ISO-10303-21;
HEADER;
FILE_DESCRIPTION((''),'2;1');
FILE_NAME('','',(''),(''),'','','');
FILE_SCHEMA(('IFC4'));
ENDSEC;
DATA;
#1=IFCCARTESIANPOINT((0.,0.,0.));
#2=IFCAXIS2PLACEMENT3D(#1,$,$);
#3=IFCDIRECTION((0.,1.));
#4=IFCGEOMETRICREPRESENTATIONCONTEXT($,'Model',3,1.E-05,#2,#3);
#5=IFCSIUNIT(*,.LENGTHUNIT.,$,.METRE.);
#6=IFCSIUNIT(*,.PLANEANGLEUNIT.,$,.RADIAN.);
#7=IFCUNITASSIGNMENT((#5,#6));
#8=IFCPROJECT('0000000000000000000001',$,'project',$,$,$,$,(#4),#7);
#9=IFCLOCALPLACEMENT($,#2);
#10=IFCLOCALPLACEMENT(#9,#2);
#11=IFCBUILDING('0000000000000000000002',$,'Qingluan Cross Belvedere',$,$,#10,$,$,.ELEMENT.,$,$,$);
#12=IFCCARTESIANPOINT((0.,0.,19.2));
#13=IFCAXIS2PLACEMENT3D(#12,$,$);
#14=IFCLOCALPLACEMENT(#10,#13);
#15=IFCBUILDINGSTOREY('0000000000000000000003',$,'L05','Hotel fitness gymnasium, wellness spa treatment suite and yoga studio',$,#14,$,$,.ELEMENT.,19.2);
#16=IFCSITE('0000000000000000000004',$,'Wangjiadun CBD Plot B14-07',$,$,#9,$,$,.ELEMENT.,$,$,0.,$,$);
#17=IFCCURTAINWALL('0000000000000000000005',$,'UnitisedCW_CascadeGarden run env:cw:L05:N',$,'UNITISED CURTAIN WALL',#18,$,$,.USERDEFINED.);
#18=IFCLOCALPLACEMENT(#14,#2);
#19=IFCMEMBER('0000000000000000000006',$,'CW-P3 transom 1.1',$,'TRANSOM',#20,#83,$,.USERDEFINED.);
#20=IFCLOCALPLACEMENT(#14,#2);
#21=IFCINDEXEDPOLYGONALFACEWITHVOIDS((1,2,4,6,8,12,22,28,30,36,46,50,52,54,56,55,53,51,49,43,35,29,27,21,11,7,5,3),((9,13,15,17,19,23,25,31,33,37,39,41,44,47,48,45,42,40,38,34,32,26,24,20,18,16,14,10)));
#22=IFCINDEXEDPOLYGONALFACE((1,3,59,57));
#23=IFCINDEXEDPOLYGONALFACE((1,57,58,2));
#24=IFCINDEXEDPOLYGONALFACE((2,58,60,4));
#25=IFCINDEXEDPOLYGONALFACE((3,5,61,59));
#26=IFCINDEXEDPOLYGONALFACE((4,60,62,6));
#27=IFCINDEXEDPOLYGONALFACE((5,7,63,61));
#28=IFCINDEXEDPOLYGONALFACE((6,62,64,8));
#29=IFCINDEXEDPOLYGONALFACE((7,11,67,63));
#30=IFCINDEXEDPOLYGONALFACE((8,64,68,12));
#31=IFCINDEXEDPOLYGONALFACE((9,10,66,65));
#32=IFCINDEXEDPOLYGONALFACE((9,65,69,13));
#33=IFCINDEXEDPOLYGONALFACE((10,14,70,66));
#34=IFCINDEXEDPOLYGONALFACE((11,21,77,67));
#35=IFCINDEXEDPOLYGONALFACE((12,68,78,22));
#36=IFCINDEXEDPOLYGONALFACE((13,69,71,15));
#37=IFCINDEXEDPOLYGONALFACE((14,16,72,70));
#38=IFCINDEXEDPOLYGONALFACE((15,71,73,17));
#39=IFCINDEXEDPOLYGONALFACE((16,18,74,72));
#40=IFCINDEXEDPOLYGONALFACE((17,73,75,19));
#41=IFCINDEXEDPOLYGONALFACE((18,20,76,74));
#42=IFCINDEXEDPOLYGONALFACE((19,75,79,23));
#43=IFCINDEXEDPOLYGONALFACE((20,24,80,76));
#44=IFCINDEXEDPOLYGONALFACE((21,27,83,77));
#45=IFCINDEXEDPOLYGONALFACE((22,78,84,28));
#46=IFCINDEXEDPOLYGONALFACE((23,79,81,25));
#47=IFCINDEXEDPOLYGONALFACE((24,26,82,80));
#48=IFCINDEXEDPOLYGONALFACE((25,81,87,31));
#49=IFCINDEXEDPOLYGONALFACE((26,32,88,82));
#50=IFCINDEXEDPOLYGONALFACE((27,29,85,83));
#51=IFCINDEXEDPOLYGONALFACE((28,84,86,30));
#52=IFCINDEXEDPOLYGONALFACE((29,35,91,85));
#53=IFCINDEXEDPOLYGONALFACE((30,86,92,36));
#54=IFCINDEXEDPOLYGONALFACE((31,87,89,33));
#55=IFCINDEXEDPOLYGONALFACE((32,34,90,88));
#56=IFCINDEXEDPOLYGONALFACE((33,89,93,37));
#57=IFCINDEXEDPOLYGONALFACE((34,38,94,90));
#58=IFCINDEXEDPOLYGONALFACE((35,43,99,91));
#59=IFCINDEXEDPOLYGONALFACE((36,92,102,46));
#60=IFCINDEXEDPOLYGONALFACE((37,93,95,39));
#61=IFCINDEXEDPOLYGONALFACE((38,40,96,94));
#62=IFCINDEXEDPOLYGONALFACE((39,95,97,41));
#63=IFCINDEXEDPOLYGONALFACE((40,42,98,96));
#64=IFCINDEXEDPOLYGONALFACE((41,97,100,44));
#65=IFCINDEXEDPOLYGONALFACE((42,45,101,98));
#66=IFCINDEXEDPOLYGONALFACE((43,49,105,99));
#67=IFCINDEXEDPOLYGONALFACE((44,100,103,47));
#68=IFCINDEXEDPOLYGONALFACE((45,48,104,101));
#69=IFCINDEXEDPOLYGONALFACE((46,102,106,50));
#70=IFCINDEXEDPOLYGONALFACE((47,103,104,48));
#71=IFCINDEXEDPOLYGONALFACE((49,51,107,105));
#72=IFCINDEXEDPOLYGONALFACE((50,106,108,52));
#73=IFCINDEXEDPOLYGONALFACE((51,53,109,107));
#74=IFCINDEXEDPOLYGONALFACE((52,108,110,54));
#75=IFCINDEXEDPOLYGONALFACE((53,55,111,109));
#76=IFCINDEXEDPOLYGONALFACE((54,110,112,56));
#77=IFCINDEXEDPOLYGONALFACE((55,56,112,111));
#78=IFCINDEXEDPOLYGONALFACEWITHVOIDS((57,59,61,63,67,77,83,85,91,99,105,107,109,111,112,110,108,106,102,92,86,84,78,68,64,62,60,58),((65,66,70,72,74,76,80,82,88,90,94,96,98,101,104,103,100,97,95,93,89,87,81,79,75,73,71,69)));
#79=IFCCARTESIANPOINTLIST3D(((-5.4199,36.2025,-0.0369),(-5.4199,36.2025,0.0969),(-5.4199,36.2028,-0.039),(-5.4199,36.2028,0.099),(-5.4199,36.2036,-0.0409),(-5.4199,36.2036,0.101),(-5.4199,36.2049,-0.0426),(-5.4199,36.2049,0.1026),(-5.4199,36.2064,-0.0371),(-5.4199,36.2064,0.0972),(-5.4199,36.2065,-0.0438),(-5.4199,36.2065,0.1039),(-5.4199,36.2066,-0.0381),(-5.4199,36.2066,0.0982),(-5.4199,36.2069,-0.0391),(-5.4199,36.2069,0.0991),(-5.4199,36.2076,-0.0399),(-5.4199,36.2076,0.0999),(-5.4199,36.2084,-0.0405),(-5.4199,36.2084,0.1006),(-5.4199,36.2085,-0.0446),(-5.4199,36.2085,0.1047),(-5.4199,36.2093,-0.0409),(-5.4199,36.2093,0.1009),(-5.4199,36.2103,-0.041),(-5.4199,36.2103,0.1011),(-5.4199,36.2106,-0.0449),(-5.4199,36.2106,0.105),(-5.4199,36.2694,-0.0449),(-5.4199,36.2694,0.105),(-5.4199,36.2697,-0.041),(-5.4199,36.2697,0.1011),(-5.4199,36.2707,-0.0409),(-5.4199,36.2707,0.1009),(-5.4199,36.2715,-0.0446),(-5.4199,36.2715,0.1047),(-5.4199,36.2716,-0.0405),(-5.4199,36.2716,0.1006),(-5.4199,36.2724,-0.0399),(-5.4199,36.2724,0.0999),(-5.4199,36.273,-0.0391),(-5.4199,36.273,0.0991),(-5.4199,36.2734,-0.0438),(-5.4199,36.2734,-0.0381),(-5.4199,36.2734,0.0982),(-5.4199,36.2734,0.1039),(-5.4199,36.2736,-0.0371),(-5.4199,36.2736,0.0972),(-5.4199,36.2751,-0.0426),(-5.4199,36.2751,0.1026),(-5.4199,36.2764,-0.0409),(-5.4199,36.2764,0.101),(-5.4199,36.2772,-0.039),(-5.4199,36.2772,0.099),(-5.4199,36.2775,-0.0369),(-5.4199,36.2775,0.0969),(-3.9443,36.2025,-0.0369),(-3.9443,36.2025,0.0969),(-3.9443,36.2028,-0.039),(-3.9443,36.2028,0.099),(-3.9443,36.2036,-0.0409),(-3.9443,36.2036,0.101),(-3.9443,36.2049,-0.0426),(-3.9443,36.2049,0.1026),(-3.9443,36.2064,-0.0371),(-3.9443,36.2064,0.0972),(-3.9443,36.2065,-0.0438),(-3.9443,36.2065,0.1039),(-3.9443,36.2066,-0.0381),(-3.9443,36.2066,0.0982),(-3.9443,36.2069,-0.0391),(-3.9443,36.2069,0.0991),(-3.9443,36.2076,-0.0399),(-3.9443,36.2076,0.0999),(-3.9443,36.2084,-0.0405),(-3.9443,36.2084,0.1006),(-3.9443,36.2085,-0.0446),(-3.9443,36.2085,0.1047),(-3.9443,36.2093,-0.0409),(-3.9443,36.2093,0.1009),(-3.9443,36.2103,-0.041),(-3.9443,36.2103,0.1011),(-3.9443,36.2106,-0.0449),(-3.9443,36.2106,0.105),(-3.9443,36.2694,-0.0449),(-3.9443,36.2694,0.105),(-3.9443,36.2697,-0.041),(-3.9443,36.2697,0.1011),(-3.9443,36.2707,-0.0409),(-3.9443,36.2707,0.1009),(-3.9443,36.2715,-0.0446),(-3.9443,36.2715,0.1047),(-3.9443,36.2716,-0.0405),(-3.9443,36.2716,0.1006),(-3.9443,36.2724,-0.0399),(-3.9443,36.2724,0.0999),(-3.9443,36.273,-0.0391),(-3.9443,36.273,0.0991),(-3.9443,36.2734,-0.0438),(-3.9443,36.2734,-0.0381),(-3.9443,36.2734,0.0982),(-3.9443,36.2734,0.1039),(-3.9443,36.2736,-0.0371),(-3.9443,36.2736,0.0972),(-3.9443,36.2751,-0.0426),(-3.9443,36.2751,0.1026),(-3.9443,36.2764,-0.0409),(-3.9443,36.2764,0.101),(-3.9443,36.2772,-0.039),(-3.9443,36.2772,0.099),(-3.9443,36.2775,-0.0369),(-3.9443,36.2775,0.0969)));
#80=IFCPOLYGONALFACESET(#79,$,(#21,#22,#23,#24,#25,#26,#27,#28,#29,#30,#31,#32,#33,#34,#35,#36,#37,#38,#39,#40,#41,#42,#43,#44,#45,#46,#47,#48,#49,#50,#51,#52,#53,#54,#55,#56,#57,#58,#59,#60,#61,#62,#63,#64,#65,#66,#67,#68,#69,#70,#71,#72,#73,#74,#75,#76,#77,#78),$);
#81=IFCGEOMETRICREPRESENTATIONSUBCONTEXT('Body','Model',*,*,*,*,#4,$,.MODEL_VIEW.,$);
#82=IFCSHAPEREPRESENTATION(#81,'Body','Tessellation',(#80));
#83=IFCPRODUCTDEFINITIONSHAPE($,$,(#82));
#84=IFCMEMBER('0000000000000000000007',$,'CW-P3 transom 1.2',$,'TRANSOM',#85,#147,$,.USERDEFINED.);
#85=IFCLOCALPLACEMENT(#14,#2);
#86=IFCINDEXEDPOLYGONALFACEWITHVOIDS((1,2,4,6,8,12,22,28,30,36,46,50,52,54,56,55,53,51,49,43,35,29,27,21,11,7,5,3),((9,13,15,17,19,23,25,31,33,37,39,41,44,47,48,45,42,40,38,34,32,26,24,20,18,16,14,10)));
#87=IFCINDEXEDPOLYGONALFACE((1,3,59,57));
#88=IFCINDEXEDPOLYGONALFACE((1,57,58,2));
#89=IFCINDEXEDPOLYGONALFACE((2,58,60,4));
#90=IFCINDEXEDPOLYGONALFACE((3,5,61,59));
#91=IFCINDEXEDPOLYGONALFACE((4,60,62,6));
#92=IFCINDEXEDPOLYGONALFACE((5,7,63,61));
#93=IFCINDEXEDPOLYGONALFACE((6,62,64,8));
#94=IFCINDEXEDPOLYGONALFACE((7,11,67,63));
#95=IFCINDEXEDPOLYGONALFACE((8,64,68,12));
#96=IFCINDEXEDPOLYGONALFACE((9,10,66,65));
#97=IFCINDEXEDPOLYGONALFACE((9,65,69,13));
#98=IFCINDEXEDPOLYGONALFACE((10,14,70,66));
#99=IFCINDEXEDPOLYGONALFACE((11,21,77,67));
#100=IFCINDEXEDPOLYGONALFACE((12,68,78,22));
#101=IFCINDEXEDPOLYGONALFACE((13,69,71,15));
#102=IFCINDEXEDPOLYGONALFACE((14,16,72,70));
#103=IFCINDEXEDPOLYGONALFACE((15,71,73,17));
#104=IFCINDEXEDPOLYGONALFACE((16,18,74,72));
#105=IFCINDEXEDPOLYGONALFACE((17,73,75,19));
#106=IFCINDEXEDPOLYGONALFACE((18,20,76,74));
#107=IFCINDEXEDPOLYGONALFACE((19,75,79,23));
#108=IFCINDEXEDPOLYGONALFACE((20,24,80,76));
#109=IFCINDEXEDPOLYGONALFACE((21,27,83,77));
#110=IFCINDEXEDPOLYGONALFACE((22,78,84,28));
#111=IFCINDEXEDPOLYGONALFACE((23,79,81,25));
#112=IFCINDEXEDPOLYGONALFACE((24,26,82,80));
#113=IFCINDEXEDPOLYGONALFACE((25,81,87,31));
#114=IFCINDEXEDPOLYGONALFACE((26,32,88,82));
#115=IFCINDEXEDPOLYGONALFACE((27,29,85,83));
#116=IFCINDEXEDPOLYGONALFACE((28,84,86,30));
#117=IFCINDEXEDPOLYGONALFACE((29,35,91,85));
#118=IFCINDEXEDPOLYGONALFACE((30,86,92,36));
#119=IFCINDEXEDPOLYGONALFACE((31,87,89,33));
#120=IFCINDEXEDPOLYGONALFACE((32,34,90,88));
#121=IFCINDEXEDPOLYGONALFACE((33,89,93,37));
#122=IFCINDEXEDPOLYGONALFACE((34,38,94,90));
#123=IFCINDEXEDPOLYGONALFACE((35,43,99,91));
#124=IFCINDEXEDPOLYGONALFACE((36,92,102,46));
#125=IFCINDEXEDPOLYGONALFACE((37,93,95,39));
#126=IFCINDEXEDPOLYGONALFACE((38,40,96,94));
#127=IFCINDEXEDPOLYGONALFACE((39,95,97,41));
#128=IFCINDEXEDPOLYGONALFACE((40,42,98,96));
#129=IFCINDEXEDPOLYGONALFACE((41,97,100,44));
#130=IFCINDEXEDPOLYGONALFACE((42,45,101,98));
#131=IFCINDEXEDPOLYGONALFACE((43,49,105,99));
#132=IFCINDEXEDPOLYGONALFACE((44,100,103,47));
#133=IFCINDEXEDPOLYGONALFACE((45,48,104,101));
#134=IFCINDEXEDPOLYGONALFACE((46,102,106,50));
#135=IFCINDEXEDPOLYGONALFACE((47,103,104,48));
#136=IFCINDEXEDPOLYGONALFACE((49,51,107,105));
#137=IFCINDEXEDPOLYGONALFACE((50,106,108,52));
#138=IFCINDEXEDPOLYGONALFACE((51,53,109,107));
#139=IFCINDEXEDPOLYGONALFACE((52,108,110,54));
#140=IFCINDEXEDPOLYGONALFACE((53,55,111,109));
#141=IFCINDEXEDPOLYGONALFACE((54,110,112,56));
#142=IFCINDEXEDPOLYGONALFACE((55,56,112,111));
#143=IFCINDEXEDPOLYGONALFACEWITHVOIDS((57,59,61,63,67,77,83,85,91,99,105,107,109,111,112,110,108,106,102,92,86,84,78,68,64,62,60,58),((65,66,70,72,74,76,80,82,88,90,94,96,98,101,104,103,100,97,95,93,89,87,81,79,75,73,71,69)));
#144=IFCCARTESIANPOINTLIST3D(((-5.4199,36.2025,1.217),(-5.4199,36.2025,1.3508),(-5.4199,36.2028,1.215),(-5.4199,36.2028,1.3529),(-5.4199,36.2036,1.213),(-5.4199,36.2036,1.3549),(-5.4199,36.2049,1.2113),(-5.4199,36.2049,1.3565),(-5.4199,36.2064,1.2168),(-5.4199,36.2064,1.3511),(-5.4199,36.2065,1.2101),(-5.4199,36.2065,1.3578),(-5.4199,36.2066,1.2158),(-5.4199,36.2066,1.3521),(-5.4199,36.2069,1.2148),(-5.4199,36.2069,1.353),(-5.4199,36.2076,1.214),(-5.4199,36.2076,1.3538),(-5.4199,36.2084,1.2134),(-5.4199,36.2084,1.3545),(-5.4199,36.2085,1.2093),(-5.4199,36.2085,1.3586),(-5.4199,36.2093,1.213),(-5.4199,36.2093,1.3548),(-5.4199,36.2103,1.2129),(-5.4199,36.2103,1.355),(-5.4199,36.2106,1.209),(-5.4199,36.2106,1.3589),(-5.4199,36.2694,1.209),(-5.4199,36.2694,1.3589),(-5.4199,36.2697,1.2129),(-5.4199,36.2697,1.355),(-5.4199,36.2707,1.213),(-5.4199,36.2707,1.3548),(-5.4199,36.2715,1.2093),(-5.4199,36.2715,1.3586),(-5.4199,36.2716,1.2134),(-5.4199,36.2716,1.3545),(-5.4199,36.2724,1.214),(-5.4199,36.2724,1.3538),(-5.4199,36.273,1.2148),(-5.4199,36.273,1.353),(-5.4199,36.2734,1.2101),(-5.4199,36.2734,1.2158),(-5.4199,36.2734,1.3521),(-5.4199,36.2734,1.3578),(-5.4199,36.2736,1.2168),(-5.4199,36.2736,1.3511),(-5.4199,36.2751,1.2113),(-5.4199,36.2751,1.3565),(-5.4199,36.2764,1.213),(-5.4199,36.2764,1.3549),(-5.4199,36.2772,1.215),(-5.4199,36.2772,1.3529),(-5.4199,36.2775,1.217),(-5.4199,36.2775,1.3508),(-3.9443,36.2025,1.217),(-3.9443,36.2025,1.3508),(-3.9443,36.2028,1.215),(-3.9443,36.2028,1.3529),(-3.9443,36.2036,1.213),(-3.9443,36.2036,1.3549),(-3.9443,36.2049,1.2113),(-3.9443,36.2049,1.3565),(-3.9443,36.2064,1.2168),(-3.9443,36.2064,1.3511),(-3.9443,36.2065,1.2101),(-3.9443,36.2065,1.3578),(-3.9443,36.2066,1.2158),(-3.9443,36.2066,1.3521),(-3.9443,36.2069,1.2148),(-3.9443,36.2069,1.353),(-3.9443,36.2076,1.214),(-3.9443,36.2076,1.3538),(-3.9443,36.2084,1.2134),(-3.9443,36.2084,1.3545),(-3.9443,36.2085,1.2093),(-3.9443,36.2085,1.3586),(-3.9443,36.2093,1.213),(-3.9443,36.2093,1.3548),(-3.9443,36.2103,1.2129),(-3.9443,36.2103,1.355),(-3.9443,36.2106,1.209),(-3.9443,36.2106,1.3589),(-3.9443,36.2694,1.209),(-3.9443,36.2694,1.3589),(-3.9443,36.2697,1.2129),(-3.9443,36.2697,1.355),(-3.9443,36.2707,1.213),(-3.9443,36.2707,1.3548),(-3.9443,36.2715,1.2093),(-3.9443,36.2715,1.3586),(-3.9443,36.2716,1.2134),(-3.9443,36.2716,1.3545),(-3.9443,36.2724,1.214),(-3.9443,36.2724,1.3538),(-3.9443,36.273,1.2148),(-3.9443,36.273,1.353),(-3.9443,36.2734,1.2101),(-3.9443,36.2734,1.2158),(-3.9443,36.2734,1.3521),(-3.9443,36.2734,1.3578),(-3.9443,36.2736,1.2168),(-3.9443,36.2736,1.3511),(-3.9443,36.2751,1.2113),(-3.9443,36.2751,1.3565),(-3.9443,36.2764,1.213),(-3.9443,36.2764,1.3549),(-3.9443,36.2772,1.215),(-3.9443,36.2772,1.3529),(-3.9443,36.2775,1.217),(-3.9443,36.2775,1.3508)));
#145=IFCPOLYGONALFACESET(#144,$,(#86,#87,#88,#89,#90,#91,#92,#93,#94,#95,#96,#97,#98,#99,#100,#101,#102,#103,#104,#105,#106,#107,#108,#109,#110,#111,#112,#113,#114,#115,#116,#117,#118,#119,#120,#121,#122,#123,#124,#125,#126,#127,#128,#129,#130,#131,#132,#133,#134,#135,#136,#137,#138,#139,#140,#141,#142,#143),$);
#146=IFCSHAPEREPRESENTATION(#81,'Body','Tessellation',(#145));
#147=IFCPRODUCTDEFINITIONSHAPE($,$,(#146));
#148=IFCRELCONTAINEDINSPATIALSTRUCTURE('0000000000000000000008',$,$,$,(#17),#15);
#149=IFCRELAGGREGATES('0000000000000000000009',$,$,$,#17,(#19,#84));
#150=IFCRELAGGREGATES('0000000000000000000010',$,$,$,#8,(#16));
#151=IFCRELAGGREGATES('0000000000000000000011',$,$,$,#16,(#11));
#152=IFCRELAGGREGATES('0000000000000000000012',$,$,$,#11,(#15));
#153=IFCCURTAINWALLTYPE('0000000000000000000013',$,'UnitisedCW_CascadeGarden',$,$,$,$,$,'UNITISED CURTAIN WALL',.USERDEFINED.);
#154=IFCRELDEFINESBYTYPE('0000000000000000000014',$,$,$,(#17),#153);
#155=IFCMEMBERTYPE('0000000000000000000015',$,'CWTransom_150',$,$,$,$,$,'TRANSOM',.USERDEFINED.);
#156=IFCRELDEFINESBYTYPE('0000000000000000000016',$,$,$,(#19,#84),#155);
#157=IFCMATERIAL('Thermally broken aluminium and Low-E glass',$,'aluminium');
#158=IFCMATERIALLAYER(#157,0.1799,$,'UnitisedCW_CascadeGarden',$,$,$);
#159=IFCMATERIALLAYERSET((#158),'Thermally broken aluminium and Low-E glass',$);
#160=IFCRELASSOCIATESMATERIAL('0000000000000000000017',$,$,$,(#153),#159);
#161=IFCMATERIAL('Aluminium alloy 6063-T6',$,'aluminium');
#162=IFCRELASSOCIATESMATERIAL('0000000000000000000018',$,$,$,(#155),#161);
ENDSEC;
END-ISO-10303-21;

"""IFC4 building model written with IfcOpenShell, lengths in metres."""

from ifc_helpers import new_model, si_unit, direction, frame, origin, origin_2d, place, context, subcontext, project, spatial, hollow_rectangle, extrude, material, layer, layer_set, material_profile, profile_set, type_object, element, aggregate, save


model = new_model("IFC4")

# Units and contexts
model_context = context("Model", 3, precision=1e-05, world=origin(), true_north=direction((0.0, 1.0)))
body_context = subcontext(model_context, "Body", "Model", "MODEL_VIEW")
ifc_project = project(units=[si_unit("LENGTHUNIT", "METRE"), si_unit("PLANEANGLEUNIT", "RADIAN")], contexts=[model_context])

# Site, building, storey
site_placement = place(None, origin())
site = spatial("IfcSite", under=ifc_project, at=site_placement, Name="Wangjiadun CBD Plot B14-07", CompositionType="ELEMENT", RefElevation=0.0)
building_placement = place(site_placement, origin())
building = spatial("IfcBuilding", under=site, at=building_placement, Name="Qingluan Cross Belvedere", CompositionType="ELEMENT")
storey_placement = place(building_placement, frame((0.0, 0.0, 19.2)))
storey = spatial("IfcBuildingStorey", under=building, at=storey_placement, Name="L05", Description="Hotel fitness gymnasium, wellness spa treatment suite and yoga studio", CompositionType="ELEMENT", Elevation=19.2)

# Curtain wall, members
ifc_material_1 = material(Name="Thermally broken aluminium and Low-E glass", Category="aluminium")
ifc_layer_1 = layer(ifc_material_1, 0.1799, Name="UnitisedCW_CascadeGarden")
ifc_layer_set_1 = layer_set([ifc_layer_1], Name="Thermally broken aluminium and Low-E glass")
curtain_wall_type = type_object("IfcCurtainWallType", Name="UnitisedCW_CascadeGarden", ElementType="UNITISED CURTAIN WALL", PredefinedType="USERDEFINED", material=ifc_layer_set_1)
curtain_wall_placement = place(storey_placement, origin())
curtain_wall = element("IfcCurtainWall", 1, at=curtain_wall_placement, inside=storey, type_object=curtain_wall_type, Name="UnitisedCW_CascadeGarden run env:cw:L05:N", ObjectType="UNITISED CURTAIN WALL", PredefinedType="USERDEFINED")
ifc_material_2 = material(Name="Aluminium alloy 6063-T6", Category="aluminium")
ifc_material_profile_1 = material_profile(ifc_material_2, hollow_rectangle(XDim=0.075, YDim=0.1499, WallThickness=0.0039, InnerFilletRadius=0.0039, OuterFilletRadius=0.0081, at=origin_2d()), Name="CWT150x75x4")
ifc_profile_set_1 = profile_set([ifc_material_profile_1], Name="Aluminium alloy 6063-T6")
member_type_1 = type_object("IfcMemberType", Name="CWTransom_150", ElementType="TRANSOM", PredefinedType="USERDEFINED", material=ifc_profile_set_1)
member_1_placement = place(storey_placement, frame((-5.4199, 36.24, 0.03), z_axis=(1.0, 0.0, 0.0), x_axis=(0.0, 1.0, 0.0)))
member_1 = element("IfcMember", 2, at=member_1_placement, type_object=member_type_1, Name="CW-P3 transom 1.1", ObjectType="TRANSOM", PredefinedType="USERDEFINED", context=body_context, shape_type="SweptSolid", body=[
    extrude(hollow_rectangle(XDim=0.075, YDim=0.1499, WallThickness=0.0039, InnerFilletRadius=0.0039, OuterFilletRadius=0.0081, at=origin_2d()), origin(), (0.0, 0.0, 1.0), 1.4756),
])
member_2_placement = place(storey_placement, frame((-5.4199, 36.24, 1.2839), z_axis=(1.0, 0.0, 0.0), x_axis=(0.0, 1.0, 0.0)))
member_2 = element("IfcMember", 3, at=member_2_placement, type_object=member_type_1, Name="CW-P3 transom 1.2", ObjectType="TRANSOM", PredefinedType="USERDEFINED", context=body_context, shape_type="SweptSolid", body=[
    extrude(hollow_rectangle(XDim=0.075, YDim=0.1499, WallThickness=0.0039, InnerFilletRadius=0.0039, OuterFilletRadius=0.0081, at=origin_2d()), origin(), (0.0, 0.0, 1.0), 1.4756),
])

aggregate(curtain_wall, [member_1, member_2])

save(model, "model.ifc")
